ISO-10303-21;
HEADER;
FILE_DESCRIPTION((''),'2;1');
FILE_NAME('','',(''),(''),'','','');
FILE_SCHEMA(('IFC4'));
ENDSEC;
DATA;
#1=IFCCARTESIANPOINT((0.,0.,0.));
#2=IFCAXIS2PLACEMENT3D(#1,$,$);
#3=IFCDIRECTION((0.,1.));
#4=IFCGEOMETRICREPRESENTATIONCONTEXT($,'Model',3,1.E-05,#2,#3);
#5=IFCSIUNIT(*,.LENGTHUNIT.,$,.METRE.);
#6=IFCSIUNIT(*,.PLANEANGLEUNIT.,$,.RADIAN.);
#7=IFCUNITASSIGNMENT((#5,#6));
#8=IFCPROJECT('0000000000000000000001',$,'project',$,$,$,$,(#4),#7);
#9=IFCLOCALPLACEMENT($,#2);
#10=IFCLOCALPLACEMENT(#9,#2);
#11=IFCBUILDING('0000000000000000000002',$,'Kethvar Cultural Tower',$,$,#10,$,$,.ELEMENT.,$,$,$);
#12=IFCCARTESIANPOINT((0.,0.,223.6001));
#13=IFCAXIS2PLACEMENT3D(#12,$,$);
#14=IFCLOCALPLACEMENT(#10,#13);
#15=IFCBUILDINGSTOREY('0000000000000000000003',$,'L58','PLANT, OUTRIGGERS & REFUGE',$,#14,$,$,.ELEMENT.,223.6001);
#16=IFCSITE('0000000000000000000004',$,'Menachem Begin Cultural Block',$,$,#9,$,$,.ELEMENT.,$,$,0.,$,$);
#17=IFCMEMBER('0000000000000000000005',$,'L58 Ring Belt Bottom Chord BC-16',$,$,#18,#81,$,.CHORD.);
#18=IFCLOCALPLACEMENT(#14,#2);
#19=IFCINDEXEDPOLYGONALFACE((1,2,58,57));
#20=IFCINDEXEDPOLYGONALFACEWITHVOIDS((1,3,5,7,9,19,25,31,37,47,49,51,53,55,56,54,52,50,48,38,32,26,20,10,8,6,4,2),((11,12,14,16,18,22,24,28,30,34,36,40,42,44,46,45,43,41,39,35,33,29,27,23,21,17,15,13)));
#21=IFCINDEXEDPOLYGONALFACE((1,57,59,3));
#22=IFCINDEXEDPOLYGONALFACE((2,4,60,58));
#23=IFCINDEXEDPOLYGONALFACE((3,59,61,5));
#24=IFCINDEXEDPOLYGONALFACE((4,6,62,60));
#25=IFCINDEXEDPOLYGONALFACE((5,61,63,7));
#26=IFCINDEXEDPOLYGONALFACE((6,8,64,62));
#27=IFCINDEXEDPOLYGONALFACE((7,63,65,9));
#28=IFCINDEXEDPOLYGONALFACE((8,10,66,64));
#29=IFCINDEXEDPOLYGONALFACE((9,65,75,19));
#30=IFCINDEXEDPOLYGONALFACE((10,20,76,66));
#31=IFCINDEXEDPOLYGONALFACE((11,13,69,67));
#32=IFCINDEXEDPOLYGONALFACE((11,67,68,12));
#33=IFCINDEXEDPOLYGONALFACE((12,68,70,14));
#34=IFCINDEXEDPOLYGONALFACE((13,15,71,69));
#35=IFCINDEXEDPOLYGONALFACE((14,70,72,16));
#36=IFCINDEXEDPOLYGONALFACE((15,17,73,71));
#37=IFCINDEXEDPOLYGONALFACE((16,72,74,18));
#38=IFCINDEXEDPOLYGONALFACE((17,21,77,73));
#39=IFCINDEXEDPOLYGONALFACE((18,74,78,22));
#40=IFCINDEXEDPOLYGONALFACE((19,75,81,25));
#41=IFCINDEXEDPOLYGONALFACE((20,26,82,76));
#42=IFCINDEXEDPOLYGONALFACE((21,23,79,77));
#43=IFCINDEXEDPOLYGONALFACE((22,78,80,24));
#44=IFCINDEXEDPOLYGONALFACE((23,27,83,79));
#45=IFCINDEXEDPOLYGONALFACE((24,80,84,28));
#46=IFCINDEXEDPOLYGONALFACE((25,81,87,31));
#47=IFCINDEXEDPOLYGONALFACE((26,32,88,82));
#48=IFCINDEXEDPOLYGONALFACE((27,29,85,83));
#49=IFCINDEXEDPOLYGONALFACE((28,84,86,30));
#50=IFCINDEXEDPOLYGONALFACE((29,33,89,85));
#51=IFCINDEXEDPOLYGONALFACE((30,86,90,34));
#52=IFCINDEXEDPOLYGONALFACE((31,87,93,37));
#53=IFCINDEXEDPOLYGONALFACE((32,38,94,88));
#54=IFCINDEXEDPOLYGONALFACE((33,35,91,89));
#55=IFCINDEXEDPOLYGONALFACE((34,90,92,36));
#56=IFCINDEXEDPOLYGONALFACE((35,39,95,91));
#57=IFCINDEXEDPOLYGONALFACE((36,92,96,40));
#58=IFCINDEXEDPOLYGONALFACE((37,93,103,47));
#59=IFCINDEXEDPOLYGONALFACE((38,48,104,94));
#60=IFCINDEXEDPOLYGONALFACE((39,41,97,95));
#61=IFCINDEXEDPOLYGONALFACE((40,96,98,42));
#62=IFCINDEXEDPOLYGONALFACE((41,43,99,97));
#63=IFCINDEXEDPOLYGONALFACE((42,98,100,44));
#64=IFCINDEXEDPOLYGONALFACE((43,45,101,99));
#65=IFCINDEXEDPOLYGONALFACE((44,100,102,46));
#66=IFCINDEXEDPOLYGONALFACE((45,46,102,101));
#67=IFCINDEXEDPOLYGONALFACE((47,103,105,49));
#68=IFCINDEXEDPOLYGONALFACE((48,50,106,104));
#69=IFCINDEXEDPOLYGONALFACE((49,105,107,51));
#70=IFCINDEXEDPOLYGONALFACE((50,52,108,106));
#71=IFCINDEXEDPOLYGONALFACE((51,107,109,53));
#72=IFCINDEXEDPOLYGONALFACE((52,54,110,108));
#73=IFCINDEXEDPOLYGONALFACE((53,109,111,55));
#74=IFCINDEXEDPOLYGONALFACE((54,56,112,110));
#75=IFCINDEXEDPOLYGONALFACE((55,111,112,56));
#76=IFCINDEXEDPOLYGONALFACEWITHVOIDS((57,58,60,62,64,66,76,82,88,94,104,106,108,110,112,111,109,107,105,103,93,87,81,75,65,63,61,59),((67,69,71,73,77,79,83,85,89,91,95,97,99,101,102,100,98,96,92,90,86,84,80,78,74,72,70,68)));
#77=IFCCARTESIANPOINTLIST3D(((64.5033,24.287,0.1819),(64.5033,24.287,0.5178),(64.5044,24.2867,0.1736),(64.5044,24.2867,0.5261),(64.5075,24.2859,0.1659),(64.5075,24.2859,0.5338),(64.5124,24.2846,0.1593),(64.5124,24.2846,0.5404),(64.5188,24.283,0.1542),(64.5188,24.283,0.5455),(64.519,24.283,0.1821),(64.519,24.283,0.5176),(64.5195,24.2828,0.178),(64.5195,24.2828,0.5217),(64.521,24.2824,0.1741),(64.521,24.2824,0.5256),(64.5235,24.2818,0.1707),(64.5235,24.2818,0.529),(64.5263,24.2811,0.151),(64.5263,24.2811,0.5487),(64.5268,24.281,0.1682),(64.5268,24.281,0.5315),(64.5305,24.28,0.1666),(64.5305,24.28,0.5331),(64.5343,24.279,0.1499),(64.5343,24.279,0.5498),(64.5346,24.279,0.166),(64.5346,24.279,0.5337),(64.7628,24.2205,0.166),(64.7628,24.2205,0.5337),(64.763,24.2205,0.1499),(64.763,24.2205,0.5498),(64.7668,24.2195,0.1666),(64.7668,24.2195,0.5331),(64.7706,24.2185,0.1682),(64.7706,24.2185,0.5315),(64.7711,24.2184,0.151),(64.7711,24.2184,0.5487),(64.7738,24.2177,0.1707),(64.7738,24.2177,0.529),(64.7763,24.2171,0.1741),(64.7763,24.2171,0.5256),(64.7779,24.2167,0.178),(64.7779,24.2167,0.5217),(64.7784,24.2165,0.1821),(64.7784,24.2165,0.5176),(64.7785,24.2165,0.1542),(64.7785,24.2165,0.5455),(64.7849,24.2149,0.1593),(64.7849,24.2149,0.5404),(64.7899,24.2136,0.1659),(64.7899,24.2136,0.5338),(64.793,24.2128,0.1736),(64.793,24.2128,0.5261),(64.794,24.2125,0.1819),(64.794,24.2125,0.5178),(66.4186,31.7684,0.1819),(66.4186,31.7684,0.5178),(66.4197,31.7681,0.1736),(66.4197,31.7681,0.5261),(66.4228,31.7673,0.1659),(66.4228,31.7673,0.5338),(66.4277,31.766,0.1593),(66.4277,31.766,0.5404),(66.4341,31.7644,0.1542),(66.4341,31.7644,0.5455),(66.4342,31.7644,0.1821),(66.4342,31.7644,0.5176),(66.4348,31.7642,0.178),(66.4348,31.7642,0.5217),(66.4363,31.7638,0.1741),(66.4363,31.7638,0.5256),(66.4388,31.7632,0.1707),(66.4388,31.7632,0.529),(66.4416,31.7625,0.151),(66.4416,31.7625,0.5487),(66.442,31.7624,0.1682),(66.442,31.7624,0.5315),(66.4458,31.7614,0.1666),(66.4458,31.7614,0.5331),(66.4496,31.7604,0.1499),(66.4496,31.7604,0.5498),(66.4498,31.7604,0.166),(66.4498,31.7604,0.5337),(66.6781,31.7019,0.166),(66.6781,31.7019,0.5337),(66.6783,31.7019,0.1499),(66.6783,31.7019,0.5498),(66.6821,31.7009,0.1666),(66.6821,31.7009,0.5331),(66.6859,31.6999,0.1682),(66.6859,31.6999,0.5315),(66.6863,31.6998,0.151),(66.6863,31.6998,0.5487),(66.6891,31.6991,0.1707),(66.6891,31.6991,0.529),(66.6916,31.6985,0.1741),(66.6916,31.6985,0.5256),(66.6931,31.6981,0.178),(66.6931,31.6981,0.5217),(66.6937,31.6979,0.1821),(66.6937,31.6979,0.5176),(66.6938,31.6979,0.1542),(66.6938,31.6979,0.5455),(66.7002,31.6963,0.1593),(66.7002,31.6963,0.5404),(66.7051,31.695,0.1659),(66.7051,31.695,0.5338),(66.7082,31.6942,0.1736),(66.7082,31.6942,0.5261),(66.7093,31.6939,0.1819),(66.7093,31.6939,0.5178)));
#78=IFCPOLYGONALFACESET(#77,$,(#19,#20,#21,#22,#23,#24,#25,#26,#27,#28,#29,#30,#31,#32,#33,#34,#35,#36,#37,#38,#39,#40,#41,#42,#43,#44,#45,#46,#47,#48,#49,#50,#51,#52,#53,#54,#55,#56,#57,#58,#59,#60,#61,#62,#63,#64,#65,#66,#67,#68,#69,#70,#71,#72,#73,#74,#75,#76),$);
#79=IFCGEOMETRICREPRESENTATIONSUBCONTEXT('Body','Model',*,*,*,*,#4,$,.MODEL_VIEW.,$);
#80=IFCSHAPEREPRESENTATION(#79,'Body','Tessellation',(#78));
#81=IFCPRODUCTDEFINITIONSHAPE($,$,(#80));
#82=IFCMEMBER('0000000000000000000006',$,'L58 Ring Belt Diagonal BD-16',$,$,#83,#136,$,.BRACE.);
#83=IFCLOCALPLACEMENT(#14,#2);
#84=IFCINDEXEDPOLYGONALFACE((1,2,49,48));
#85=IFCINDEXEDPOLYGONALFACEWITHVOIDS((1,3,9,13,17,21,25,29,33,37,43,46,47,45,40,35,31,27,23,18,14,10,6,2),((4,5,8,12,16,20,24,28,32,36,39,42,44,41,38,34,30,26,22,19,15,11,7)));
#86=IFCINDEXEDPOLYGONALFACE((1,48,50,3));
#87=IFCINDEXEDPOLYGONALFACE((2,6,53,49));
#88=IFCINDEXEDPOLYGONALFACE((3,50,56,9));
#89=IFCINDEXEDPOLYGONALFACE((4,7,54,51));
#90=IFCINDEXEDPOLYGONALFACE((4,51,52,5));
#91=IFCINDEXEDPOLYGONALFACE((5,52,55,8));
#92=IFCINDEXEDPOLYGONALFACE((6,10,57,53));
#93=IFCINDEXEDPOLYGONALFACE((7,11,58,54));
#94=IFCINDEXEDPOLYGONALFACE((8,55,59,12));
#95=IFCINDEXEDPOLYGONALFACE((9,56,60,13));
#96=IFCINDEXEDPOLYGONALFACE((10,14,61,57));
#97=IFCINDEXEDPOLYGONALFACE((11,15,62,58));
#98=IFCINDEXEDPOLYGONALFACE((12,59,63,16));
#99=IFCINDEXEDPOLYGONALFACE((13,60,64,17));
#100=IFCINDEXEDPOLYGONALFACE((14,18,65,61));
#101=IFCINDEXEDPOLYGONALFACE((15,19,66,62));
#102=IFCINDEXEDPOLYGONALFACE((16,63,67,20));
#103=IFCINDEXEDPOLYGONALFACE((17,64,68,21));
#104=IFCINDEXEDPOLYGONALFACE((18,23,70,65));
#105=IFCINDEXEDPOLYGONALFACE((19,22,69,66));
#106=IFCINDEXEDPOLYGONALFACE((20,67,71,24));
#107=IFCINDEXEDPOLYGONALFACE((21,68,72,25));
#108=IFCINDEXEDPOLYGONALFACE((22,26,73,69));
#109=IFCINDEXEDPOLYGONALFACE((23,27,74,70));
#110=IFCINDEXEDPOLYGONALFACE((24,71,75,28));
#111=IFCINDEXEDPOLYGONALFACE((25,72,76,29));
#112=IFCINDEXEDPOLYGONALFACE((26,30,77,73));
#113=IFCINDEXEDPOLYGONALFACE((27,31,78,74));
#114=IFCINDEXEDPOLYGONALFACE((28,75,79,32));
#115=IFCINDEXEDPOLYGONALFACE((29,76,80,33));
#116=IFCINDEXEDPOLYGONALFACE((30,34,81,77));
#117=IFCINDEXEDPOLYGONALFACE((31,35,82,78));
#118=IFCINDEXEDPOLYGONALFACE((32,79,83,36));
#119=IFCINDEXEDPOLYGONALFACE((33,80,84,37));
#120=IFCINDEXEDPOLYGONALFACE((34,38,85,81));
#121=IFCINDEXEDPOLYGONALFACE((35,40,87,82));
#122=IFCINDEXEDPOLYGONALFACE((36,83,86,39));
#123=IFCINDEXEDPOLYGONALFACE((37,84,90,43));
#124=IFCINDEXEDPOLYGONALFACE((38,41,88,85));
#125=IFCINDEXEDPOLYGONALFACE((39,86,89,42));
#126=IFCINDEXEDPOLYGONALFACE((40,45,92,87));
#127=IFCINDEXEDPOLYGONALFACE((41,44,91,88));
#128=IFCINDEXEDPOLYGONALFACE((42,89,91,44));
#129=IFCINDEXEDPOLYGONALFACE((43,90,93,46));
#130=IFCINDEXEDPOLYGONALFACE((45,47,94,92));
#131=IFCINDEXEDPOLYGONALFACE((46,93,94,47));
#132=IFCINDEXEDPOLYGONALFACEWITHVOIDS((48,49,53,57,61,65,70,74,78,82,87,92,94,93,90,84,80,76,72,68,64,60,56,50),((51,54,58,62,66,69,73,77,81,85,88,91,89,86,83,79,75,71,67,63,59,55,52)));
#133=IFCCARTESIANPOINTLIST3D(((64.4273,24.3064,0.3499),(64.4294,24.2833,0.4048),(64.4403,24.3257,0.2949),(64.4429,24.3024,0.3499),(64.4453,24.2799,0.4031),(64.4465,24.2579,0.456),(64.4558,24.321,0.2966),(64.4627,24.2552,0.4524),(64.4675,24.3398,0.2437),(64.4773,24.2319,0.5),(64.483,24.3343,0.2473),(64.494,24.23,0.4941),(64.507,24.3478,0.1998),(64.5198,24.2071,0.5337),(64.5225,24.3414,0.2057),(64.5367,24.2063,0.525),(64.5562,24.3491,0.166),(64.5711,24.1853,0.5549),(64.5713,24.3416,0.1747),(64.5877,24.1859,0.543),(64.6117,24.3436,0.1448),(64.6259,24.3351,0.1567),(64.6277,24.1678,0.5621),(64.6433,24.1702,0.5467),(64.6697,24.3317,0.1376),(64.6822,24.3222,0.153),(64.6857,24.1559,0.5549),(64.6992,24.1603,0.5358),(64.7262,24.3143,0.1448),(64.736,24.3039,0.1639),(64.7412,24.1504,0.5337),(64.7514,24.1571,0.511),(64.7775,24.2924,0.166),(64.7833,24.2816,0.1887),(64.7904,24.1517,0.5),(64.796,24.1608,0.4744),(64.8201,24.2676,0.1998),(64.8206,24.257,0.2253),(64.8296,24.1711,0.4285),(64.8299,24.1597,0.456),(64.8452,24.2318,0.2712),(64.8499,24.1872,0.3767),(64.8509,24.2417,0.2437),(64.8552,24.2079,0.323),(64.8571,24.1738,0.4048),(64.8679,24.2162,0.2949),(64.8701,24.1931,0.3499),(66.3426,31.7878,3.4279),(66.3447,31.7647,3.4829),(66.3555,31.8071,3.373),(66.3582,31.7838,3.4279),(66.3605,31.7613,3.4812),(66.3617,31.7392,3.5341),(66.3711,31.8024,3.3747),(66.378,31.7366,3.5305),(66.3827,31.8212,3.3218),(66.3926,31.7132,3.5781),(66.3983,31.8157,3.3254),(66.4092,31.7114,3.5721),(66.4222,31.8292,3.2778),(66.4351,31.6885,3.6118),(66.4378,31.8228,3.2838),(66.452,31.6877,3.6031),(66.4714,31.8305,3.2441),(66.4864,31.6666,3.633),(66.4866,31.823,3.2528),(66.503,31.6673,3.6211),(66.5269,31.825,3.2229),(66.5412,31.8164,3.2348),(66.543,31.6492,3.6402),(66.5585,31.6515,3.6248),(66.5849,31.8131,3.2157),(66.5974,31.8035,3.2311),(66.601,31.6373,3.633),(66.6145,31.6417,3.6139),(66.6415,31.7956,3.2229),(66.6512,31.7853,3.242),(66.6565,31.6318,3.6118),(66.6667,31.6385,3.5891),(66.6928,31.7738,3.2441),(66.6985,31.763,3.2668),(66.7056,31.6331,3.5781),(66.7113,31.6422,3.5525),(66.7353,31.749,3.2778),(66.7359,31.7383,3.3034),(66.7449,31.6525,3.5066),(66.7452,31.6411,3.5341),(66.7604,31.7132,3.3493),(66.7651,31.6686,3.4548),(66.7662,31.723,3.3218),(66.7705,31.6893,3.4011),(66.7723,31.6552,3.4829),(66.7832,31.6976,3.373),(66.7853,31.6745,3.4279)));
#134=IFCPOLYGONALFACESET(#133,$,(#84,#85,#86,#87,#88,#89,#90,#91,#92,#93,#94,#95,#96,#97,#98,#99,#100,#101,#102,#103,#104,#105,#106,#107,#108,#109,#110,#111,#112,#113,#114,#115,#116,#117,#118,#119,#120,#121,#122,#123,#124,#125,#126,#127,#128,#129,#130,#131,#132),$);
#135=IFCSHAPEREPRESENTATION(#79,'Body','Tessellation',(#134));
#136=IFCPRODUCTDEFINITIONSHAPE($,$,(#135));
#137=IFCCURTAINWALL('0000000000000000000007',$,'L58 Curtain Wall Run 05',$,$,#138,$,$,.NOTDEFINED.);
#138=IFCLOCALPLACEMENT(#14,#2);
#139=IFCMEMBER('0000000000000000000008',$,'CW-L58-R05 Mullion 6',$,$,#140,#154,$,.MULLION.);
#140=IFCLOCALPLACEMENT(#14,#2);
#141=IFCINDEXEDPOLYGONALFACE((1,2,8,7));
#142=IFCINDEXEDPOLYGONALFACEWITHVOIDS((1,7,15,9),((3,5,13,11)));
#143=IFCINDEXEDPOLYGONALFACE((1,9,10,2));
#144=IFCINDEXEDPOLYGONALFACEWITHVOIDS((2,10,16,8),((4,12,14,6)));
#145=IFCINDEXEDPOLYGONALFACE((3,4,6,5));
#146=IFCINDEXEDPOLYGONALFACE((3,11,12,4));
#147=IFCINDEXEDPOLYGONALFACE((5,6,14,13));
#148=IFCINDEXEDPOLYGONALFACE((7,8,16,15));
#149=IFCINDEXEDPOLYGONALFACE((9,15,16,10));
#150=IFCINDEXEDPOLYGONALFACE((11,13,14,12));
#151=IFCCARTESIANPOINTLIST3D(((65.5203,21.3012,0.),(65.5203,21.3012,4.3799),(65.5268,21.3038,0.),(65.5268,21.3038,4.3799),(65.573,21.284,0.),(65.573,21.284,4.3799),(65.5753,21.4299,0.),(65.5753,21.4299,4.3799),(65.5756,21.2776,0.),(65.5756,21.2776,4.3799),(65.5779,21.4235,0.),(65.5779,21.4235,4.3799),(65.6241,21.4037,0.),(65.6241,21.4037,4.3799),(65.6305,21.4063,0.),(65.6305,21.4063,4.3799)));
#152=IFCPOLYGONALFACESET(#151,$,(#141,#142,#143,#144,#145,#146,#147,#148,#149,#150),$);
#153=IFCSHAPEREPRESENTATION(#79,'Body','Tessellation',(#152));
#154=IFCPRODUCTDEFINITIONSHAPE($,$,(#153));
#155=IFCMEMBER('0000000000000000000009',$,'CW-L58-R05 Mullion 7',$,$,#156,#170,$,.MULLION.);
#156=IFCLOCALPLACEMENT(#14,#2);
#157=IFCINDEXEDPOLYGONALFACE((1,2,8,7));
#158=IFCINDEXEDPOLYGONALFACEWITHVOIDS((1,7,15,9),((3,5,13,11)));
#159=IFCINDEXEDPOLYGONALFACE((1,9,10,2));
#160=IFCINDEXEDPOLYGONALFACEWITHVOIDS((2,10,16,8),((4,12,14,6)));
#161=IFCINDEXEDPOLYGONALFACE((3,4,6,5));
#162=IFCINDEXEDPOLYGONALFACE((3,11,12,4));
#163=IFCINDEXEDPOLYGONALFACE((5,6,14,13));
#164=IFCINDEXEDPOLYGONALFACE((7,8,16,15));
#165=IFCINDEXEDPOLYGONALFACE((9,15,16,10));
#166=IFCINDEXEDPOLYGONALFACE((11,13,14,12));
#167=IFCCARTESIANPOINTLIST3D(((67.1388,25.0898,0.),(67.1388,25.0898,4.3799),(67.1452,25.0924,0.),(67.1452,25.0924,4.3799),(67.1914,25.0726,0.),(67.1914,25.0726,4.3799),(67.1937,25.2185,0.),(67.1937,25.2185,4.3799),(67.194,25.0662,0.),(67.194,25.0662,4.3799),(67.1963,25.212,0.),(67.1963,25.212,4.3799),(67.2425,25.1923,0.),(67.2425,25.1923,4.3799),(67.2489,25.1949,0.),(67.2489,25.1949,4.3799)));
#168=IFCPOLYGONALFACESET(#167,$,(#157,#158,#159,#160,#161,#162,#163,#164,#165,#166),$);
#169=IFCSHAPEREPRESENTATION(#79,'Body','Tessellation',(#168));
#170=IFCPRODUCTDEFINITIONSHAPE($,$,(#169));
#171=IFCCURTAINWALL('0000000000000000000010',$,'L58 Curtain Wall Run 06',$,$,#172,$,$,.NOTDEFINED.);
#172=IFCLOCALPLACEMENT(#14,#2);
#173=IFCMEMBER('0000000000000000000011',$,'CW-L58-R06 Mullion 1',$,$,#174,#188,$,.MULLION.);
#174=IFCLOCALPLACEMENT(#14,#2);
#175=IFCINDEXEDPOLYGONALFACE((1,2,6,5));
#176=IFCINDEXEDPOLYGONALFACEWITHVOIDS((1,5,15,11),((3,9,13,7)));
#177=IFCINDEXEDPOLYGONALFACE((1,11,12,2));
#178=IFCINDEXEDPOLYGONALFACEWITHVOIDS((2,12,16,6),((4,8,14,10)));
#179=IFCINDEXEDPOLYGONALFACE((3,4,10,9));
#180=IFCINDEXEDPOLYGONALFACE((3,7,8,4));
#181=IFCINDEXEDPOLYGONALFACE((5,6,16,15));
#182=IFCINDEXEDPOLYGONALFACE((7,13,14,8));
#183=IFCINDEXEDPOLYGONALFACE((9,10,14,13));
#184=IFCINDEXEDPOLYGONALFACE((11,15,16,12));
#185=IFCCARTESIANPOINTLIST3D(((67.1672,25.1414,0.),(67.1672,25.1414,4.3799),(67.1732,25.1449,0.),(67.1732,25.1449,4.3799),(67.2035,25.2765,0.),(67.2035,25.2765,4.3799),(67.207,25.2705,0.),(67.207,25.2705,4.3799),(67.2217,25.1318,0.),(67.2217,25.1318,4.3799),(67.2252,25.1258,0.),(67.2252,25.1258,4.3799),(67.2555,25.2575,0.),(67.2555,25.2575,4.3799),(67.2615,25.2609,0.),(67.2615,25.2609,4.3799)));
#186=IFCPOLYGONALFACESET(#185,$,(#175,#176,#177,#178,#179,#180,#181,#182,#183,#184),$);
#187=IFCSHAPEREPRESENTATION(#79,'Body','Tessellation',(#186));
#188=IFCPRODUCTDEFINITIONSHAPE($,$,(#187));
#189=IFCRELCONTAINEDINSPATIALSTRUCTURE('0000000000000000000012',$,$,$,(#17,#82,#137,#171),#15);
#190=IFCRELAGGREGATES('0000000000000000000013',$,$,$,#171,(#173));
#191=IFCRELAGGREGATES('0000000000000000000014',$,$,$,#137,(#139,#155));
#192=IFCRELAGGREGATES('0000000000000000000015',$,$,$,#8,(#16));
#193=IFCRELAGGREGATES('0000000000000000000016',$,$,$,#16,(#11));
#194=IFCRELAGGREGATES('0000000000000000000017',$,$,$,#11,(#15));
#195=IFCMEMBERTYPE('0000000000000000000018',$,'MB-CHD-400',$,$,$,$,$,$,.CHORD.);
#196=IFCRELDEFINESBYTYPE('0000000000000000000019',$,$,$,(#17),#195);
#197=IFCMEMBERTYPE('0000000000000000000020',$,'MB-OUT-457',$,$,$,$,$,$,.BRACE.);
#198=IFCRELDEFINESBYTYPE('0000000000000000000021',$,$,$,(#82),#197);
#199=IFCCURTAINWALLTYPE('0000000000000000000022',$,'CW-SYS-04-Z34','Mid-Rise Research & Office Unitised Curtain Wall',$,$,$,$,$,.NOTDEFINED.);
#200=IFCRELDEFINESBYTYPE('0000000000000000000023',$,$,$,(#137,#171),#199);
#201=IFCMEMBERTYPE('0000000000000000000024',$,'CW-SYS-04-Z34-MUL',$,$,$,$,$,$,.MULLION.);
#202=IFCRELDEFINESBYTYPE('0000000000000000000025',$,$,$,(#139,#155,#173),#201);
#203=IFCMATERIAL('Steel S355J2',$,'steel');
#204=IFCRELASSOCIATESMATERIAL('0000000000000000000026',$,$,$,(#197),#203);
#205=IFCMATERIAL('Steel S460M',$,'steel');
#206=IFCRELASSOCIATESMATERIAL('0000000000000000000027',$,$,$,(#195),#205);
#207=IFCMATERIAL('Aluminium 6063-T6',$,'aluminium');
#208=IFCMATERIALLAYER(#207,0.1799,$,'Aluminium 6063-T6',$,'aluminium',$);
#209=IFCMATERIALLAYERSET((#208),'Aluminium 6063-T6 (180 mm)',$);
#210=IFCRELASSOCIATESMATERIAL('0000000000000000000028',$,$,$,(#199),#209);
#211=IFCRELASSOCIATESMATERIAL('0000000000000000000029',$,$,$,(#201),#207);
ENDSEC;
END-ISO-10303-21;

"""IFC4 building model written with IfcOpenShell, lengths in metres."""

from ifc_helpers import new_model, si_unit, direction, frame, origin, origin_2d, place, context, subcontext, project, spatial, hollow_rectangle, hollow_circle, extrude, source, transform, mapped, material, layer, layer_set, material_profile, profile_set, type_object, element, aggregate, save


model = new_model("IFC4")

# Units and contexts
model_context = context("Model", 3, precision=1e-05, world=origin(), true_north=direction((0.0, 1.0)))
body_context = subcontext(model_context, "Body", "Model", "MODEL_VIEW")
ifc_project = project(units=[si_unit("LENGTHUNIT", "METRE"), si_unit("PLANEANGLEUNIT", "RADIAN")], contexts=[model_context])

# Site, building, storey
site_placement = place(None, origin())
site = spatial("IfcSite", under=ifc_project, at=site_placement, Name="Menachem Begin Cultural Block", CompositionType="ELEMENT", RefElevation=0.0)
building_placement = place(site_placement, origin())
building = spatial("IfcBuilding", under=site, at=building_placement, Name="Kethvar Cultural Tower", CompositionType="ELEMENT")
storey_placement = place(building_placement, frame((0.0, 0.0, 223.6001)))
storey = spatial("IfcBuildingStorey", under=building, at=storey_placement, Name="L58", Description="PLANT, OUTRIGGERS & REFUGE", CompositionType="ELEMENT", Elevation=223.6001)

# Shared definitions
ifc_material_1 = material(Name="Steel S460M", Category="steel")

# Shared definitions
ifc_material_2 = material(Name="Steel S355J2", Category="steel")
ifc_material_profile_1 = material_profile(ifc_material_2, hollow_circle(Radius=0.2285, WallThickness=0.0161, at=origin_2d()), Name="Steel S355J2 — CHS457x16")
ifc_profile_set_1 = profile_set([ifc_material_profile_1], Name="Steel S355J2 — CHS457x16")
member_type_1 = type_object("IfcMemberType", Name="MB-OUT-457", PredefinedType="BRACE", material=ifc_profile_set_1)

# Members
ifc_material_profile_2 = material_profile(ifc_material_1, hollow_rectangle(XDim=0.3, YDim=0.3999, WallThickness=0.0161, InnerFilletRadius=0.0161, OuterFilletRadius=0.032, at=origin_2d()), Name="Steel S460M — RHS400x300x16")
ifc_profile_set_2 = profile_set([ifc_material_profile_2], Name="Steel S460M — RHS400x300x16")
member_type_2 = type_object("IfcMemberType", Name="MB-CHD-400", PredefinedType="CHORD", material=ifc_profile_set_2)
shared_shape_1 = source(origin(), body_context, "Body", "SweptSolid", [
    extrude(hollow_rectangle(XDim=0.3, YDim=0.3999, WallThickness=0.0161, InnerFilletRadius=0.0161, OuterFilletRadius=0.032, at=origin_2d()), origin(), (0.0, 0.0, 1.0), 7.7227),
])
member_1_placement = place(storey_placement, frame((64.6487, 24.2498, 0.3499), z_axis=(0.248006, 0.968758, 0.0), x_axis=(-0.968758, 0.248006, 0.0)))
element("IfcMember", 1, at=member_1_placement, inside=storey, type_object=member_type_2, Name="L58 Ring Belt Bottom Chord BC-16", PredefinedType="CHORD", context=body_context, shape_type="MappedRepresentation", body=[
    mapped(shared_shape_1, transform((0.0, 0.0, 0.0), scale=1.0)),
])
shared_shape_2 = source(origin(), body_context, "Body", "SweptSolid", [
    extrude(hollow_circle(Radius=0.2285, WallThickness=0.0161, at=origin_2d()), origin(), (0.0, 0.0, 1.0), 8.3135),
])
member_2_placement = place(storey_placement, frame((64.6487, 24.2498, 0.3499), z_axis=(0.230381, 0.899909, 0.370254), x_axis=(-0.968758, 0.248006, 0.0)))
element("IfcMember", 2, at=member_2_placement, inside=storey, type_object=member_type_1, Name="L58 Ring Belt Diagonal BD-16", PredefinedType="BRACE", context=body_context, shape_type="MappedRepresentation", body=[
    mapped(shared_shape_2, transform((0.0, 0.0, 0.0), scale=1.0)),
])

# Curtain walls, members
ifc_material_3 = material(Name="Aluminium 6063-T6", Category="aluminium")
ifc_layer_1 = layer(ifc_material_3, 0.1799, Name="Aluminium 6063-T6", Category="aluminium")
ifc_layer_set_1 = layer_set([ifc_layer_1], Name="Aluminium 6063-T6 (180 mm)")
curtain_wall_type = type_object("IfcCurtainWallType", Name="CW-SYS-04-Z34", Description="Mid-Rise Research & Office Unitised Curtain Wall", PredefinedType="NOTDEFINED", material=ifc_layer_set_1)
curtain_wall_1_placement = place(storey_placement, origin())
curtain_wall_1 = element("IfcCurtainWall", 3, at=curtain_wall_1_placement, inside=storey, type_object=curtain_wall_type, Name="L58 Curtain Wall Run 05", PredefinedType="NOTDEFINED")
ifc_material_profile_3 = material_profile(ifc_material_3, hollow_rectangle(XDim=0.0601, YDim=0.1399, WallThickness=0.0049, at=origin_2d()), Name="Aluminium 6063-T6 — RHS140x60x5")
ifc_profile_set_3 = profile_set([ifc_material_profile_3], Name="Aluminium 6063-T6 — RHS140x60x5")
member_type_3 = type_object("IfcMemberType", Name="CW-SYS-04-Z34-MUL", PredefinedType="MULLION", material=ifc_profile_set_3)
shared_shape_3 = source(origin(), body_context, "Body", "SweptSolid", [
    extrude(hollow_rectangle(XDim=0.0601, YDim=0.1399, WallThickness=0.0049, at=origin_2d()), origin(), (0.0, 0.0, 1.0), 4.3799),
])
member_3_placement = place(storey_placement, frame((65.5754, 21.3538, 0.0), z_axis=(0.0, 0.0, 1.0), x_axis=(-0.919602, 0.392851, 0.0)))
member_3 = element("IfcMember", 4, at=member_3_placement, type_object=member_type_3, Name="CW-L58-R05 Mullion 6", PredefinedType="MULLION", context=body_context, shape_type="MappedRepresentation", body=[
    mapped(shared_shape_3, transform((0.0, 0.0, 0.0), scale=1.0)),
])
member_4_placement = place(storey_placement, frame((67.1938, 25.1423, 0.0), z_axis=(0.0, 0.0, 1.0), x_axis=(-0.919602, 0.392851, 0.0)))
member_4 = element("IfcMember", 5, at=member_4_placement, type_object=member_type_3, Name="CW-L58-R05 Mullion 7", PredefinedType="MULLION", context=body_context, shape_type="MappedRepresentation", body=[
    mapped(shared_shape_3, transform((0.0, 0.0, 0.0), scale=1.0)),
])
curtain_wall_2_placement = place(storey_placement, origin())
curtain_wall_2 = element("IfcCurtainWall", 6, at=curtain_wall_2_placement, inside=storey, type_object=curtain_wall_type, Name="L58 Curtain Wall Run 06", PredefinedType="NOTDEFINED")
member_5_placement = place(storey_placement, frame((67.2144, 25.2012, 0.0), z_axis=(0.0, 0.0, 1.0), x_axis=(-0.96565, 0.259847, 0.0)))
member_5 = element("IfcMember", 7, at=member_5_placement, type_object=member_type_3, Name="CW-L58-R06 Mullion 1", PredefinedType="MULLION", context=body_context, shape_type="MappedRepresentation", body=[
    mapped(shared_shape_3, transform((0.0, 0.0, 0.0), scale=1.0)),
])

aggregate(curtain_wall_2, [member_5])
aggregate(curtain_wall_1, [member_3, member_4])

save(model, "model.ifc")
